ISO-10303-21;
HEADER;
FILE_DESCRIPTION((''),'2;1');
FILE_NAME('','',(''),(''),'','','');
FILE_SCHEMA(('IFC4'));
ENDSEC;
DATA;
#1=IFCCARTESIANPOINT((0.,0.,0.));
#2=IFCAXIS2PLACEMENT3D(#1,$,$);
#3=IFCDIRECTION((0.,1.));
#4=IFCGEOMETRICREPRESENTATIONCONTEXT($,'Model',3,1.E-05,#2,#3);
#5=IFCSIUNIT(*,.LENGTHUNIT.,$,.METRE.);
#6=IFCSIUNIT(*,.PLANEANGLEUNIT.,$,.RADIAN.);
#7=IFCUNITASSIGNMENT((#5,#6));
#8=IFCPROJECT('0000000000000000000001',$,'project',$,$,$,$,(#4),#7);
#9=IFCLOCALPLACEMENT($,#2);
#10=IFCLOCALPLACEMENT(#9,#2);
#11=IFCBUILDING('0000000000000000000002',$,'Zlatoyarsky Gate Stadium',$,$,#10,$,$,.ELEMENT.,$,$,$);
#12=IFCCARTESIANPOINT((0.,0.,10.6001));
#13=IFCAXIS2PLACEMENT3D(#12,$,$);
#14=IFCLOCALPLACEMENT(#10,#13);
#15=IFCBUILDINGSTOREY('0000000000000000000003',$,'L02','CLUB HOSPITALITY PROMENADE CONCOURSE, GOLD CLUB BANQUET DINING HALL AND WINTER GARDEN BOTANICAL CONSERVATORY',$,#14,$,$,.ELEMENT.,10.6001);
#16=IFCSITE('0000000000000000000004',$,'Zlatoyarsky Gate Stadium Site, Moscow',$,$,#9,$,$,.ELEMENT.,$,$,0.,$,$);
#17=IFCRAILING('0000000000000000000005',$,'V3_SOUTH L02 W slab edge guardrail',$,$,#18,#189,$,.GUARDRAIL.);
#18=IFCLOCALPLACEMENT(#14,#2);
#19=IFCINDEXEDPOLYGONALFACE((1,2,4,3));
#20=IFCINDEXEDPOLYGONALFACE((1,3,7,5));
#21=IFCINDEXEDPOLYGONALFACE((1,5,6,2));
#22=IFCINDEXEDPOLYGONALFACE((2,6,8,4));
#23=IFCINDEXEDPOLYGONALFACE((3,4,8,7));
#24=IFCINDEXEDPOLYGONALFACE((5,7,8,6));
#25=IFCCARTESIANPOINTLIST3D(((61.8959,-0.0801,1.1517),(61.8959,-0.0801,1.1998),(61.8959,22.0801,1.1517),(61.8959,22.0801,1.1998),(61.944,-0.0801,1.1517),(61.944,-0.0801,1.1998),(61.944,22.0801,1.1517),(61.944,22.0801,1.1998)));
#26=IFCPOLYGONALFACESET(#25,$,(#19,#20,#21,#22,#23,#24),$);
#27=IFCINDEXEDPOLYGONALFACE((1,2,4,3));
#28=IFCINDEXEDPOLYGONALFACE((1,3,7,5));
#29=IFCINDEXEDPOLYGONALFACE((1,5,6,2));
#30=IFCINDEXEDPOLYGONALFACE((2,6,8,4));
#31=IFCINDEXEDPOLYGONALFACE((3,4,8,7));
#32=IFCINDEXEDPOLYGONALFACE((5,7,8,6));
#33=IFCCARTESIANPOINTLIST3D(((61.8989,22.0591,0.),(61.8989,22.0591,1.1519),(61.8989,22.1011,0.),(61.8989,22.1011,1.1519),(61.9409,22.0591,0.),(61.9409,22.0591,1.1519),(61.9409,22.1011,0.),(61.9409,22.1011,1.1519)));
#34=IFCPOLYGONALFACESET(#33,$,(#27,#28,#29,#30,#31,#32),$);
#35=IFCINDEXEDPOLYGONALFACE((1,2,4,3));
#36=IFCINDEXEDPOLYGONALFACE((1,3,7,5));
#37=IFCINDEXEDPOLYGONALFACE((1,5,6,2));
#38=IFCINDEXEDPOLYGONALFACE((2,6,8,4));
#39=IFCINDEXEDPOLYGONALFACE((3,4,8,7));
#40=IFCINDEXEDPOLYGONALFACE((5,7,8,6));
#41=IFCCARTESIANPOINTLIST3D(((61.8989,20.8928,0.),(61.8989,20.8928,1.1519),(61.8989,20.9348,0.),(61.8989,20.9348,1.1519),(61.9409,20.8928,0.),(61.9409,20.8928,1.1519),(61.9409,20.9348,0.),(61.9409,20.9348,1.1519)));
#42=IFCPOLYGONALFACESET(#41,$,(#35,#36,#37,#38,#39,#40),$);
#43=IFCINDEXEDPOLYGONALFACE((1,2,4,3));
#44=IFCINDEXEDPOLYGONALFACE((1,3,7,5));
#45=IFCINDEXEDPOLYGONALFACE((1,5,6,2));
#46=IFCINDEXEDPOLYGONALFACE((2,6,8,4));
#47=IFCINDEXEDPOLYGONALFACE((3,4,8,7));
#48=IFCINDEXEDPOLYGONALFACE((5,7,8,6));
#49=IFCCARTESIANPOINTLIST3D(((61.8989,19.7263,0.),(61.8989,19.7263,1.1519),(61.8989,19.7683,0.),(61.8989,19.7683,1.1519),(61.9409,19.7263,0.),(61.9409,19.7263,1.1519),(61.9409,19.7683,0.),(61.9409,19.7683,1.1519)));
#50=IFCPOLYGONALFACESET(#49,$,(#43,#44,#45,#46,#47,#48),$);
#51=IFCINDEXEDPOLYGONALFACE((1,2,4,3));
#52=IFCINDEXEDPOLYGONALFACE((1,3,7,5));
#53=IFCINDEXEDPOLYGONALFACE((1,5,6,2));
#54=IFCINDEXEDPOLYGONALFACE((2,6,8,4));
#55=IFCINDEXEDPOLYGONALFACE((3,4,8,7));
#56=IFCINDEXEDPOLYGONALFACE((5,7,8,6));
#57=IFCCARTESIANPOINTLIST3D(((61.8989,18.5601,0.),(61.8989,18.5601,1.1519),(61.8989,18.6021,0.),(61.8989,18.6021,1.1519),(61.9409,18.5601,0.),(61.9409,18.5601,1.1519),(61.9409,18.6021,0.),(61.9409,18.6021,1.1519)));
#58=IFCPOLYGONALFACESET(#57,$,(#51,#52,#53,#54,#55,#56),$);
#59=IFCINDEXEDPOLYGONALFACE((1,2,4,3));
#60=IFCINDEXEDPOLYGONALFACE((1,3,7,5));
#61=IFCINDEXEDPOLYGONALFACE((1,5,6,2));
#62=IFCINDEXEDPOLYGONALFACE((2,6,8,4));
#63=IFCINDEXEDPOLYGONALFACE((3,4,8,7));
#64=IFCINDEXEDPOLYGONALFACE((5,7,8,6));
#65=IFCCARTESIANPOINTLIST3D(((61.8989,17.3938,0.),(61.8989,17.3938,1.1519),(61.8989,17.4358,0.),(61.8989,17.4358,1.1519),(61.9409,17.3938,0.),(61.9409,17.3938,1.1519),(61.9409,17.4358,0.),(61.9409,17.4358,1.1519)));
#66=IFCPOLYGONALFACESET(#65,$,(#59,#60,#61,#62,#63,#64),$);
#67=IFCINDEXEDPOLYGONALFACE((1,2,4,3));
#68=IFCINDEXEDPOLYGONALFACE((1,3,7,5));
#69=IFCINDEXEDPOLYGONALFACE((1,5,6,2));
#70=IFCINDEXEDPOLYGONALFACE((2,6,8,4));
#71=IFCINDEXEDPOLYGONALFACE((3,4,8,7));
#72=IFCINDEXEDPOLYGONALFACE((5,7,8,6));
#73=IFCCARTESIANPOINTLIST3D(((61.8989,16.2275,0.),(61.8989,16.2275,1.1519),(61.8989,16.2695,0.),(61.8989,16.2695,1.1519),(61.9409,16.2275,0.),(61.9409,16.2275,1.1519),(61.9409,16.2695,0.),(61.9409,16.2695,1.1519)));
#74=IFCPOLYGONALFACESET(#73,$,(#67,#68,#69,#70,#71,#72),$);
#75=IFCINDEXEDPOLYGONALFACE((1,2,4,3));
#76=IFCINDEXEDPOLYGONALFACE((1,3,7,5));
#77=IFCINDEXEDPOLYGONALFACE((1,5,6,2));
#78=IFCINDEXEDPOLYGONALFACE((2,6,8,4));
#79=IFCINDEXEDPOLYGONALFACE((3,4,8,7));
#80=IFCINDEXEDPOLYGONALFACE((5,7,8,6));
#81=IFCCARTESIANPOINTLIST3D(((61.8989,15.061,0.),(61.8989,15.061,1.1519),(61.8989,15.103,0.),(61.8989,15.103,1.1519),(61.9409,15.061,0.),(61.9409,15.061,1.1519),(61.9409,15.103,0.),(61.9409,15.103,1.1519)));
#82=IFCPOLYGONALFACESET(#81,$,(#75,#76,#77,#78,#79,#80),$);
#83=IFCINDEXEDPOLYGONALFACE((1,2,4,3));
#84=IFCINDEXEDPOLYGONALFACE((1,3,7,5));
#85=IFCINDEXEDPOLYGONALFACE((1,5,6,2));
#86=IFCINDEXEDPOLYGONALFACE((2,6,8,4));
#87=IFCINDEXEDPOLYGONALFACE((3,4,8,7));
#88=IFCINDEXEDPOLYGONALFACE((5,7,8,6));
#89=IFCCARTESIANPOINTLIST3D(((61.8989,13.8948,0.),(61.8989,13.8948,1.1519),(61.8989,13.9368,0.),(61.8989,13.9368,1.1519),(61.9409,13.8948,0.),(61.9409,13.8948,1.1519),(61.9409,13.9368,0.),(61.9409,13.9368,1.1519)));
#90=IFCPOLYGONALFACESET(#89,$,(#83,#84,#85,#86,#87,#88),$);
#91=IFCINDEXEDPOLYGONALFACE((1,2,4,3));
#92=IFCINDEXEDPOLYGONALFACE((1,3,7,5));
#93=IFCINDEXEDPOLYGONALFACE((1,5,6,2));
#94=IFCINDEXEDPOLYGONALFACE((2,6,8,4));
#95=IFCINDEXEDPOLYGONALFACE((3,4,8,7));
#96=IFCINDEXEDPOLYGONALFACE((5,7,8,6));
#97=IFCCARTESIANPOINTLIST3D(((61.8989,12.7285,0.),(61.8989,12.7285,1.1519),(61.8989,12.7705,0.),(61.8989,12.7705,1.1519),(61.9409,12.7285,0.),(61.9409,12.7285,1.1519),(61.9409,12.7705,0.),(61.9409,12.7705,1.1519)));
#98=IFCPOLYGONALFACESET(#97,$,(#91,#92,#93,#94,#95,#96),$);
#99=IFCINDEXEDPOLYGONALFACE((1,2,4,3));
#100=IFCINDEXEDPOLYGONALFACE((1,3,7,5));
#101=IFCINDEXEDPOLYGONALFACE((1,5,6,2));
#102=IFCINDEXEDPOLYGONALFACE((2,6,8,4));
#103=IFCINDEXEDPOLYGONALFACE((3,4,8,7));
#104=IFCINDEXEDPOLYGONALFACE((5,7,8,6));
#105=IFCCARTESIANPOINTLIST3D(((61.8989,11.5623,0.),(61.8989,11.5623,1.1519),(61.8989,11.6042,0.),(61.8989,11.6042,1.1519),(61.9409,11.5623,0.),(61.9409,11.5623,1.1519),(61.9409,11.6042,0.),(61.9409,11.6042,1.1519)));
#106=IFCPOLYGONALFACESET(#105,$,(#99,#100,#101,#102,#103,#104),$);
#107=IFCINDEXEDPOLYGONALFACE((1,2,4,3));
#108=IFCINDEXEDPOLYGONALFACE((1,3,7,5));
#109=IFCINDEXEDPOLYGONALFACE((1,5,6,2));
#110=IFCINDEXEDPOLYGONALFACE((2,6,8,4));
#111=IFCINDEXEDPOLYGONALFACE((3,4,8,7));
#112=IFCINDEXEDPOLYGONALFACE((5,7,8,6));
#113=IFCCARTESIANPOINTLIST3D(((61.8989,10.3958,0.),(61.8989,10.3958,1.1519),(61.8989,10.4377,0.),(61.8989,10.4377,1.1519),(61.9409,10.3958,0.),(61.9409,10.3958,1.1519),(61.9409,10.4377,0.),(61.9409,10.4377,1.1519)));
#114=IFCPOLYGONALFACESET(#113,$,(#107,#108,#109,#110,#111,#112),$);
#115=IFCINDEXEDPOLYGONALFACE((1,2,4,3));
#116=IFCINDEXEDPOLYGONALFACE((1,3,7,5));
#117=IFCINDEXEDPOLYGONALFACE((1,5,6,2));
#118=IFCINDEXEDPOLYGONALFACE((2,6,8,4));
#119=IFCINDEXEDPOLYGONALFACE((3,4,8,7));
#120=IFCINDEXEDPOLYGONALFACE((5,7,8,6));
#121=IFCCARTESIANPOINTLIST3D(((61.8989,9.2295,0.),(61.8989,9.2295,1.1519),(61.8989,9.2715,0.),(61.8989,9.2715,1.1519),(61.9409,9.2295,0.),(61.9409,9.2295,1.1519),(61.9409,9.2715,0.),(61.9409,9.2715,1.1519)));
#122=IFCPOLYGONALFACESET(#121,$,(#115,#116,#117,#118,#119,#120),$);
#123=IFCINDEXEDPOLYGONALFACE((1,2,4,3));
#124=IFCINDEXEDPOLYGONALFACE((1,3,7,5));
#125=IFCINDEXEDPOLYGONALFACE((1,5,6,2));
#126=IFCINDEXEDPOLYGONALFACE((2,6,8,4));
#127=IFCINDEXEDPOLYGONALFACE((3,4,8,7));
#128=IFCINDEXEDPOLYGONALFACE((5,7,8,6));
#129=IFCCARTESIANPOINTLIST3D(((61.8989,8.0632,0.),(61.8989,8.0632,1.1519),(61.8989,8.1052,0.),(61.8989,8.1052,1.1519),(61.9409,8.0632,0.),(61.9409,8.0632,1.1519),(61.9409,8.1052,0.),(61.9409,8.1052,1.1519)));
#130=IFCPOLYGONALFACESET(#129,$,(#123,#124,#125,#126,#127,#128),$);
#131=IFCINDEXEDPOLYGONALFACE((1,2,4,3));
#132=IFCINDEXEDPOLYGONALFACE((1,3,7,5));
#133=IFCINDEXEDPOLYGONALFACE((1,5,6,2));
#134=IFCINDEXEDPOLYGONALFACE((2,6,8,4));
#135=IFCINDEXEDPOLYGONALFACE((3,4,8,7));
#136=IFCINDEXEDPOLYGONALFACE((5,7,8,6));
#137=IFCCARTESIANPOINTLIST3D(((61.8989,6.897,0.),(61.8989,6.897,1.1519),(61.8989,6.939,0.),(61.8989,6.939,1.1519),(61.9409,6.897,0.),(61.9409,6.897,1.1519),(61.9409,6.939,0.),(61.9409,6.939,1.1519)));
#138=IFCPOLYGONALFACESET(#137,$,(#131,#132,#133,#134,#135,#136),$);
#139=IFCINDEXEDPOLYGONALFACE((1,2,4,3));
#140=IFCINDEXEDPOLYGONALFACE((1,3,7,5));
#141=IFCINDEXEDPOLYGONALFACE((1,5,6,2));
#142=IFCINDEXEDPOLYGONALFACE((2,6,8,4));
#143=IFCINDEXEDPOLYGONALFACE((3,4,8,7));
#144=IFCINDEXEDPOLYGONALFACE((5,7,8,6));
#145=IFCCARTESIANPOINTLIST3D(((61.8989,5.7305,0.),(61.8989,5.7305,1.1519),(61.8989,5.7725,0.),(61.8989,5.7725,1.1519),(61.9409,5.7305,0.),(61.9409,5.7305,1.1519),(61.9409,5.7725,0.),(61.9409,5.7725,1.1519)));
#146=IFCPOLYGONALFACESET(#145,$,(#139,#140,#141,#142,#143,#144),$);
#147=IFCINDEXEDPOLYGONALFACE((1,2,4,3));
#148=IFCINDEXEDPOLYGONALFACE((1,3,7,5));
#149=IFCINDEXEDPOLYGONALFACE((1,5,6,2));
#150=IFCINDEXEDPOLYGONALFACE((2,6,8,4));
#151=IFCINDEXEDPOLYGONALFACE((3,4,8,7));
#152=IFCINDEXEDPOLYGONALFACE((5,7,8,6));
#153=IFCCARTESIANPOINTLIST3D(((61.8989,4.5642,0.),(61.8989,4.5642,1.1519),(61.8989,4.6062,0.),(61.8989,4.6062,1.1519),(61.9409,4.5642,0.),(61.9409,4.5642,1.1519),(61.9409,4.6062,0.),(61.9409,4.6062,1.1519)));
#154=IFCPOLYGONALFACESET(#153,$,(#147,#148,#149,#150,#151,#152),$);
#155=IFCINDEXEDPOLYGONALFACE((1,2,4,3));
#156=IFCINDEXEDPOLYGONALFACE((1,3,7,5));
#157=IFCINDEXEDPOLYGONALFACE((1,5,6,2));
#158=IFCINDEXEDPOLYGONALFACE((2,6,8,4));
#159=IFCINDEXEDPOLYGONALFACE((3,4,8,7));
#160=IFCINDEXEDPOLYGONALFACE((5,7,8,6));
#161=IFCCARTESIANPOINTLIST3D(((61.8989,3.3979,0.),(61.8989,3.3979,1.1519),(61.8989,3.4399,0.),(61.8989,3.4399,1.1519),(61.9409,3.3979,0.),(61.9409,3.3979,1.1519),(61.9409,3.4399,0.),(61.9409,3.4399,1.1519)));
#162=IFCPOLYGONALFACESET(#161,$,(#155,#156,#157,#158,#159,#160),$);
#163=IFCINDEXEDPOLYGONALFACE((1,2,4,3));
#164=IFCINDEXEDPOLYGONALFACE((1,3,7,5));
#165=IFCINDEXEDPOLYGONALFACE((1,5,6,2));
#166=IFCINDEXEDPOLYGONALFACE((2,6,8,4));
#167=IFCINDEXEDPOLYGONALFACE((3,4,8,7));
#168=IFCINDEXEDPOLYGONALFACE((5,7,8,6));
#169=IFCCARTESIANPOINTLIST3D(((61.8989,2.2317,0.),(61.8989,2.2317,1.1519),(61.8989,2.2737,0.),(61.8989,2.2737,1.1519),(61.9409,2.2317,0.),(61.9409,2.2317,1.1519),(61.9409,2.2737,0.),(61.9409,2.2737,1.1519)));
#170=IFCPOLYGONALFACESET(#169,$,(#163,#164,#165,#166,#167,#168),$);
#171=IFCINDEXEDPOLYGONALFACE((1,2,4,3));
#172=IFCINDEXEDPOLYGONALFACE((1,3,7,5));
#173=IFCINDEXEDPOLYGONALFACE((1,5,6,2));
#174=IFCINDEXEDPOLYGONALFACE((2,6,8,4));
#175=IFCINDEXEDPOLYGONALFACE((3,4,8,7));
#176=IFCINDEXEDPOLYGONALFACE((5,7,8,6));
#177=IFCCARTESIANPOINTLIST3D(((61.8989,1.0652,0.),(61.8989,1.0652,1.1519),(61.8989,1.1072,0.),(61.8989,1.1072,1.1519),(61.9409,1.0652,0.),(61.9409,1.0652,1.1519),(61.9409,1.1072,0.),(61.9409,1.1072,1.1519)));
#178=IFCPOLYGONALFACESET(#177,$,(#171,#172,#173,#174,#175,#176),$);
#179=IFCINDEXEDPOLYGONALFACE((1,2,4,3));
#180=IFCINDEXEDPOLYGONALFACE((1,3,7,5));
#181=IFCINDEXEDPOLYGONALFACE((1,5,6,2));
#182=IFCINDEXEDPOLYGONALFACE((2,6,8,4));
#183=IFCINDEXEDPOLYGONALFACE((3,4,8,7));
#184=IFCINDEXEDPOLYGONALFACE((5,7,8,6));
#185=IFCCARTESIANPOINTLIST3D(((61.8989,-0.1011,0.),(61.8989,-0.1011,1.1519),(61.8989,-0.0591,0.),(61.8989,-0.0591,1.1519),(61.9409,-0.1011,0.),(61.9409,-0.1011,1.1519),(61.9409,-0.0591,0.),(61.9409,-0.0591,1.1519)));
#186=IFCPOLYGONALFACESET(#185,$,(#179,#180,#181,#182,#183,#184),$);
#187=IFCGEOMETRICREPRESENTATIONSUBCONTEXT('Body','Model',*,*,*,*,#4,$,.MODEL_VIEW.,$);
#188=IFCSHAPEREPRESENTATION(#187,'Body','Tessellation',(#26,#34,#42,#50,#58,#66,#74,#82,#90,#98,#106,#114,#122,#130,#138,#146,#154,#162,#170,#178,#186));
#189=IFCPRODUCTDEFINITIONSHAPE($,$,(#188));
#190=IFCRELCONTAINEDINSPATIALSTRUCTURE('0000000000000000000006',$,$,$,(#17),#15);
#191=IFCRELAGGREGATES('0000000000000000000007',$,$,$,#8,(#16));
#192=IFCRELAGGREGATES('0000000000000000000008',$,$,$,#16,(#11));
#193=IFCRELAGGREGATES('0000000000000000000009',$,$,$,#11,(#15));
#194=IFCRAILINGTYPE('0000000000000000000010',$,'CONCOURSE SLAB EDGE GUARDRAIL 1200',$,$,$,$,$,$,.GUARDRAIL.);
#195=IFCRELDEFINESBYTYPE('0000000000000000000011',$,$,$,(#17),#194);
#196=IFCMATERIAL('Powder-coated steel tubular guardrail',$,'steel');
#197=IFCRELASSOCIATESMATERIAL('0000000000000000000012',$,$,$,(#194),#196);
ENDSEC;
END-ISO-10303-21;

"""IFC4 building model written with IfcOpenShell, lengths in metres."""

from ifc_helpers import new_model, si_unit, direction, frame, origin, origin_2d, place, context, subcontext, project, spatial, rectangle, extrude, material, type_object, element, save


model = new_model("IFC4")

# Units and contexts
model_context = context("Model", 3, precision=1e-05, world=origin(), true_north=direction((0.0, 1.0)))
body_context = subcontext(model_context, "Body", "Model", "MODEL_VIEW")
ifc_project = project(units=[si_unit("LENGTHUNIT", "METRE"), si_unit("PLANEANGLEUNIT", "RADIAN")], contexts=[model_context])

# Site, building, storey
site_placement = place(None, origin())
site = spatial("IfcSite", under=ifc_project, at=site_placement, Name="Zlatoyarsky Gate Stadium Site, Moscow", CompositionType="ELEMENT", RefElevation=0.0)
building_placement = place(site_placement, origin())
building = spatial("IfcBuilding", under=site, at=building_placement, Name="Zlatoyarsky Gate Stadium", CompositionType="ELEMENT")
storey_placement = place(building_placement, frame((0.0, 0.0, 10.6001)))
storey = spatial("IfcBuildingStorey", under=building, at=storey_placement, Name="L02", Description="CLUB HOSPITALITY PROMENADE CONCOURSE, GOLD CLUB BANQUET DINING HALL AND WINTER GARDEN BOTANICAL CONSERVATORY", CompositionType="ELEMENT", Elevation=10.6001)

# Railing
ifc_material_1 = material(Name="Powder-coated steel tubular guardrail", Category="steel")
railing_type = type_object("IfcRailingType", Name="CONCOURSE SLAB EDGE GUARDRAIL 1200", PredefinedType="GUARDRAIL", material=ifc_material_1)
railing_1_placement = place(storey_placement, frame((61.9199, 22.0801, 0.0)))
element("IfcRailing", 1, at=railing_1_placement, inside=storey, type_object=railing_type, Name="V3_SOUTH L02 W slab edge guardrail", PredefinedType="GUARDRAIL", context=body_context, shape_type="SweptSolid", body=[
    extrude(rectangle(XDim=0.0481, YDim=0.0481, at=origin_2d()), frame((0.0, 0.0, 1.1758), z_axis=(0.0, -1.0, 0.0), x_axis=(1.0, 0.0, 0.0)), (0.0, 0.0, 1.0), 22.1602),
    extrude(rectangle(XDim=0.042, YDim=0.042, at=origin_2d()), origin(), (0.0, 0.0, 1.0), 1.1519),
    extrude(rectangle(XDim=0.042, YDim=0.042, at=origin_2d()), frame((0.0, -1.1663, 0.0)), (0.0, 0.0, 1.0), 1.1519),
    extrude(rectangle(XDim=0.042, YDim=0.042, at=origin_2d()), frame((0.0, -2.3328, 0.0)), (0.0, 0.0, 1.0), 1.1519),
    extrude(rectangle(XDim=0.042, YDim=0.042, at=origin_2d()), frame((0.0, -3.499, 0.0)), (0.0, 0.0, 1.0), 1.1519),
    extrude(rectangle(XDim=0.042, YDim=0.042, at=origin_2d()), frame((0.0, -4.6653, 0.0)), (0.0, 0.0, 1.0), 1.1519),
    extrude(rectangle(XDim=0.042, YDim=0.042, at=origin_2d()), frame((0.0, -5.8315, 0.0)), (0.0, 0.0, 1.0), 1.1519),
    extrude(rectangle(XDim=0.042, YDim=0.042, at=origin_2d()), frame((0.0, -6.998, 0.0)), (0.0, 0.0, 1.0), 1.1519),
    extrude(rectangle(XDim=0.042, YDim=0.042, at=origin_2d()), frame((0.0, -8.1643, 0.0)), (0.0, 0.0, 1.0), 1.1519),
    extrude(rectangle(XDim=0.042, YDim=0.042, at=origin_2d()), frame((0.0, -9.3306, 0.0)), (0.0, 0.0, 1.0), 1.1519),
    extrude(rectangle(XDim=0.042, YDim=0.042, at=origin_2d()), frame((0.0, -10.4968, 0.0)), (0.0, 0.0, 1.0), 1.1519),
    extrude(rectangle(XDim=0.042, YDim=0.042, at=origin_2d()), frame((0.0, -11.6633, 0.0)), (0.0, 0.0, 1.0), 1.1519),
    extrude(rectangle(XDim=0.042, YDim=0.042, at=origin_2d()), frame((0.0, -12.8296, 0.0)), (0.0, 0.0, 1.0), 1.1519),
    extrude(rectangle(XDim=0.042, YDim=0.042, at=origin_2d()), frame((0.0, -13.9958, 0.0)), (0.0, 0.0, 1.0), 1.1519),
    extrude(rectangle(XDim=0.042, YDim=0.042, at=origin_2d()), frame((0.0, -15.1621, 0.0)), (0.0, 0.0, 1.0), 1.1519),
    extrude(rectangle(XDim=0.042, YDim=0.042, at=origin_2d()), frame((0.0, -16.3286, 0.0)), (0.0, 0.0, 1.0), 1.1519),
    extrude(rectangle(XDim=0.042, YDim=0.042, at=origin_2d()), frame((0.0, -17.4949, 0.0)), (0.0, 0.0, 1.0), 1.1519),
    extrude(rectangle(XDim=0.042, YDim=0.042, at=origin_2d()), frame((0.0, -18.6611, 0.0)), (0.0, 0.0, 1.0), 1.1519),
    extrude(rectangle(XDim=0.042, YDim=0.042, at=origin_2d()), frame((0.0, -19.8274, 0.0)), (0.0, 0.0, 1.0), 1.1519),
    extrude(rectangle(XDim=0.042, YDim=0.042, at=origin_2d()), frame((0.0, -20.9939, 0.0)), (0.0, 0.0, 1.0), 1.1519),
    extrude(rectangle(XDim=0.042, YDim=0.042, at=origin_2d()), frame((0.0, -22.1602, 0.0)), (0.0, 0.0, 1.0), 1.1519),
])

save(model, "model.ifc")
